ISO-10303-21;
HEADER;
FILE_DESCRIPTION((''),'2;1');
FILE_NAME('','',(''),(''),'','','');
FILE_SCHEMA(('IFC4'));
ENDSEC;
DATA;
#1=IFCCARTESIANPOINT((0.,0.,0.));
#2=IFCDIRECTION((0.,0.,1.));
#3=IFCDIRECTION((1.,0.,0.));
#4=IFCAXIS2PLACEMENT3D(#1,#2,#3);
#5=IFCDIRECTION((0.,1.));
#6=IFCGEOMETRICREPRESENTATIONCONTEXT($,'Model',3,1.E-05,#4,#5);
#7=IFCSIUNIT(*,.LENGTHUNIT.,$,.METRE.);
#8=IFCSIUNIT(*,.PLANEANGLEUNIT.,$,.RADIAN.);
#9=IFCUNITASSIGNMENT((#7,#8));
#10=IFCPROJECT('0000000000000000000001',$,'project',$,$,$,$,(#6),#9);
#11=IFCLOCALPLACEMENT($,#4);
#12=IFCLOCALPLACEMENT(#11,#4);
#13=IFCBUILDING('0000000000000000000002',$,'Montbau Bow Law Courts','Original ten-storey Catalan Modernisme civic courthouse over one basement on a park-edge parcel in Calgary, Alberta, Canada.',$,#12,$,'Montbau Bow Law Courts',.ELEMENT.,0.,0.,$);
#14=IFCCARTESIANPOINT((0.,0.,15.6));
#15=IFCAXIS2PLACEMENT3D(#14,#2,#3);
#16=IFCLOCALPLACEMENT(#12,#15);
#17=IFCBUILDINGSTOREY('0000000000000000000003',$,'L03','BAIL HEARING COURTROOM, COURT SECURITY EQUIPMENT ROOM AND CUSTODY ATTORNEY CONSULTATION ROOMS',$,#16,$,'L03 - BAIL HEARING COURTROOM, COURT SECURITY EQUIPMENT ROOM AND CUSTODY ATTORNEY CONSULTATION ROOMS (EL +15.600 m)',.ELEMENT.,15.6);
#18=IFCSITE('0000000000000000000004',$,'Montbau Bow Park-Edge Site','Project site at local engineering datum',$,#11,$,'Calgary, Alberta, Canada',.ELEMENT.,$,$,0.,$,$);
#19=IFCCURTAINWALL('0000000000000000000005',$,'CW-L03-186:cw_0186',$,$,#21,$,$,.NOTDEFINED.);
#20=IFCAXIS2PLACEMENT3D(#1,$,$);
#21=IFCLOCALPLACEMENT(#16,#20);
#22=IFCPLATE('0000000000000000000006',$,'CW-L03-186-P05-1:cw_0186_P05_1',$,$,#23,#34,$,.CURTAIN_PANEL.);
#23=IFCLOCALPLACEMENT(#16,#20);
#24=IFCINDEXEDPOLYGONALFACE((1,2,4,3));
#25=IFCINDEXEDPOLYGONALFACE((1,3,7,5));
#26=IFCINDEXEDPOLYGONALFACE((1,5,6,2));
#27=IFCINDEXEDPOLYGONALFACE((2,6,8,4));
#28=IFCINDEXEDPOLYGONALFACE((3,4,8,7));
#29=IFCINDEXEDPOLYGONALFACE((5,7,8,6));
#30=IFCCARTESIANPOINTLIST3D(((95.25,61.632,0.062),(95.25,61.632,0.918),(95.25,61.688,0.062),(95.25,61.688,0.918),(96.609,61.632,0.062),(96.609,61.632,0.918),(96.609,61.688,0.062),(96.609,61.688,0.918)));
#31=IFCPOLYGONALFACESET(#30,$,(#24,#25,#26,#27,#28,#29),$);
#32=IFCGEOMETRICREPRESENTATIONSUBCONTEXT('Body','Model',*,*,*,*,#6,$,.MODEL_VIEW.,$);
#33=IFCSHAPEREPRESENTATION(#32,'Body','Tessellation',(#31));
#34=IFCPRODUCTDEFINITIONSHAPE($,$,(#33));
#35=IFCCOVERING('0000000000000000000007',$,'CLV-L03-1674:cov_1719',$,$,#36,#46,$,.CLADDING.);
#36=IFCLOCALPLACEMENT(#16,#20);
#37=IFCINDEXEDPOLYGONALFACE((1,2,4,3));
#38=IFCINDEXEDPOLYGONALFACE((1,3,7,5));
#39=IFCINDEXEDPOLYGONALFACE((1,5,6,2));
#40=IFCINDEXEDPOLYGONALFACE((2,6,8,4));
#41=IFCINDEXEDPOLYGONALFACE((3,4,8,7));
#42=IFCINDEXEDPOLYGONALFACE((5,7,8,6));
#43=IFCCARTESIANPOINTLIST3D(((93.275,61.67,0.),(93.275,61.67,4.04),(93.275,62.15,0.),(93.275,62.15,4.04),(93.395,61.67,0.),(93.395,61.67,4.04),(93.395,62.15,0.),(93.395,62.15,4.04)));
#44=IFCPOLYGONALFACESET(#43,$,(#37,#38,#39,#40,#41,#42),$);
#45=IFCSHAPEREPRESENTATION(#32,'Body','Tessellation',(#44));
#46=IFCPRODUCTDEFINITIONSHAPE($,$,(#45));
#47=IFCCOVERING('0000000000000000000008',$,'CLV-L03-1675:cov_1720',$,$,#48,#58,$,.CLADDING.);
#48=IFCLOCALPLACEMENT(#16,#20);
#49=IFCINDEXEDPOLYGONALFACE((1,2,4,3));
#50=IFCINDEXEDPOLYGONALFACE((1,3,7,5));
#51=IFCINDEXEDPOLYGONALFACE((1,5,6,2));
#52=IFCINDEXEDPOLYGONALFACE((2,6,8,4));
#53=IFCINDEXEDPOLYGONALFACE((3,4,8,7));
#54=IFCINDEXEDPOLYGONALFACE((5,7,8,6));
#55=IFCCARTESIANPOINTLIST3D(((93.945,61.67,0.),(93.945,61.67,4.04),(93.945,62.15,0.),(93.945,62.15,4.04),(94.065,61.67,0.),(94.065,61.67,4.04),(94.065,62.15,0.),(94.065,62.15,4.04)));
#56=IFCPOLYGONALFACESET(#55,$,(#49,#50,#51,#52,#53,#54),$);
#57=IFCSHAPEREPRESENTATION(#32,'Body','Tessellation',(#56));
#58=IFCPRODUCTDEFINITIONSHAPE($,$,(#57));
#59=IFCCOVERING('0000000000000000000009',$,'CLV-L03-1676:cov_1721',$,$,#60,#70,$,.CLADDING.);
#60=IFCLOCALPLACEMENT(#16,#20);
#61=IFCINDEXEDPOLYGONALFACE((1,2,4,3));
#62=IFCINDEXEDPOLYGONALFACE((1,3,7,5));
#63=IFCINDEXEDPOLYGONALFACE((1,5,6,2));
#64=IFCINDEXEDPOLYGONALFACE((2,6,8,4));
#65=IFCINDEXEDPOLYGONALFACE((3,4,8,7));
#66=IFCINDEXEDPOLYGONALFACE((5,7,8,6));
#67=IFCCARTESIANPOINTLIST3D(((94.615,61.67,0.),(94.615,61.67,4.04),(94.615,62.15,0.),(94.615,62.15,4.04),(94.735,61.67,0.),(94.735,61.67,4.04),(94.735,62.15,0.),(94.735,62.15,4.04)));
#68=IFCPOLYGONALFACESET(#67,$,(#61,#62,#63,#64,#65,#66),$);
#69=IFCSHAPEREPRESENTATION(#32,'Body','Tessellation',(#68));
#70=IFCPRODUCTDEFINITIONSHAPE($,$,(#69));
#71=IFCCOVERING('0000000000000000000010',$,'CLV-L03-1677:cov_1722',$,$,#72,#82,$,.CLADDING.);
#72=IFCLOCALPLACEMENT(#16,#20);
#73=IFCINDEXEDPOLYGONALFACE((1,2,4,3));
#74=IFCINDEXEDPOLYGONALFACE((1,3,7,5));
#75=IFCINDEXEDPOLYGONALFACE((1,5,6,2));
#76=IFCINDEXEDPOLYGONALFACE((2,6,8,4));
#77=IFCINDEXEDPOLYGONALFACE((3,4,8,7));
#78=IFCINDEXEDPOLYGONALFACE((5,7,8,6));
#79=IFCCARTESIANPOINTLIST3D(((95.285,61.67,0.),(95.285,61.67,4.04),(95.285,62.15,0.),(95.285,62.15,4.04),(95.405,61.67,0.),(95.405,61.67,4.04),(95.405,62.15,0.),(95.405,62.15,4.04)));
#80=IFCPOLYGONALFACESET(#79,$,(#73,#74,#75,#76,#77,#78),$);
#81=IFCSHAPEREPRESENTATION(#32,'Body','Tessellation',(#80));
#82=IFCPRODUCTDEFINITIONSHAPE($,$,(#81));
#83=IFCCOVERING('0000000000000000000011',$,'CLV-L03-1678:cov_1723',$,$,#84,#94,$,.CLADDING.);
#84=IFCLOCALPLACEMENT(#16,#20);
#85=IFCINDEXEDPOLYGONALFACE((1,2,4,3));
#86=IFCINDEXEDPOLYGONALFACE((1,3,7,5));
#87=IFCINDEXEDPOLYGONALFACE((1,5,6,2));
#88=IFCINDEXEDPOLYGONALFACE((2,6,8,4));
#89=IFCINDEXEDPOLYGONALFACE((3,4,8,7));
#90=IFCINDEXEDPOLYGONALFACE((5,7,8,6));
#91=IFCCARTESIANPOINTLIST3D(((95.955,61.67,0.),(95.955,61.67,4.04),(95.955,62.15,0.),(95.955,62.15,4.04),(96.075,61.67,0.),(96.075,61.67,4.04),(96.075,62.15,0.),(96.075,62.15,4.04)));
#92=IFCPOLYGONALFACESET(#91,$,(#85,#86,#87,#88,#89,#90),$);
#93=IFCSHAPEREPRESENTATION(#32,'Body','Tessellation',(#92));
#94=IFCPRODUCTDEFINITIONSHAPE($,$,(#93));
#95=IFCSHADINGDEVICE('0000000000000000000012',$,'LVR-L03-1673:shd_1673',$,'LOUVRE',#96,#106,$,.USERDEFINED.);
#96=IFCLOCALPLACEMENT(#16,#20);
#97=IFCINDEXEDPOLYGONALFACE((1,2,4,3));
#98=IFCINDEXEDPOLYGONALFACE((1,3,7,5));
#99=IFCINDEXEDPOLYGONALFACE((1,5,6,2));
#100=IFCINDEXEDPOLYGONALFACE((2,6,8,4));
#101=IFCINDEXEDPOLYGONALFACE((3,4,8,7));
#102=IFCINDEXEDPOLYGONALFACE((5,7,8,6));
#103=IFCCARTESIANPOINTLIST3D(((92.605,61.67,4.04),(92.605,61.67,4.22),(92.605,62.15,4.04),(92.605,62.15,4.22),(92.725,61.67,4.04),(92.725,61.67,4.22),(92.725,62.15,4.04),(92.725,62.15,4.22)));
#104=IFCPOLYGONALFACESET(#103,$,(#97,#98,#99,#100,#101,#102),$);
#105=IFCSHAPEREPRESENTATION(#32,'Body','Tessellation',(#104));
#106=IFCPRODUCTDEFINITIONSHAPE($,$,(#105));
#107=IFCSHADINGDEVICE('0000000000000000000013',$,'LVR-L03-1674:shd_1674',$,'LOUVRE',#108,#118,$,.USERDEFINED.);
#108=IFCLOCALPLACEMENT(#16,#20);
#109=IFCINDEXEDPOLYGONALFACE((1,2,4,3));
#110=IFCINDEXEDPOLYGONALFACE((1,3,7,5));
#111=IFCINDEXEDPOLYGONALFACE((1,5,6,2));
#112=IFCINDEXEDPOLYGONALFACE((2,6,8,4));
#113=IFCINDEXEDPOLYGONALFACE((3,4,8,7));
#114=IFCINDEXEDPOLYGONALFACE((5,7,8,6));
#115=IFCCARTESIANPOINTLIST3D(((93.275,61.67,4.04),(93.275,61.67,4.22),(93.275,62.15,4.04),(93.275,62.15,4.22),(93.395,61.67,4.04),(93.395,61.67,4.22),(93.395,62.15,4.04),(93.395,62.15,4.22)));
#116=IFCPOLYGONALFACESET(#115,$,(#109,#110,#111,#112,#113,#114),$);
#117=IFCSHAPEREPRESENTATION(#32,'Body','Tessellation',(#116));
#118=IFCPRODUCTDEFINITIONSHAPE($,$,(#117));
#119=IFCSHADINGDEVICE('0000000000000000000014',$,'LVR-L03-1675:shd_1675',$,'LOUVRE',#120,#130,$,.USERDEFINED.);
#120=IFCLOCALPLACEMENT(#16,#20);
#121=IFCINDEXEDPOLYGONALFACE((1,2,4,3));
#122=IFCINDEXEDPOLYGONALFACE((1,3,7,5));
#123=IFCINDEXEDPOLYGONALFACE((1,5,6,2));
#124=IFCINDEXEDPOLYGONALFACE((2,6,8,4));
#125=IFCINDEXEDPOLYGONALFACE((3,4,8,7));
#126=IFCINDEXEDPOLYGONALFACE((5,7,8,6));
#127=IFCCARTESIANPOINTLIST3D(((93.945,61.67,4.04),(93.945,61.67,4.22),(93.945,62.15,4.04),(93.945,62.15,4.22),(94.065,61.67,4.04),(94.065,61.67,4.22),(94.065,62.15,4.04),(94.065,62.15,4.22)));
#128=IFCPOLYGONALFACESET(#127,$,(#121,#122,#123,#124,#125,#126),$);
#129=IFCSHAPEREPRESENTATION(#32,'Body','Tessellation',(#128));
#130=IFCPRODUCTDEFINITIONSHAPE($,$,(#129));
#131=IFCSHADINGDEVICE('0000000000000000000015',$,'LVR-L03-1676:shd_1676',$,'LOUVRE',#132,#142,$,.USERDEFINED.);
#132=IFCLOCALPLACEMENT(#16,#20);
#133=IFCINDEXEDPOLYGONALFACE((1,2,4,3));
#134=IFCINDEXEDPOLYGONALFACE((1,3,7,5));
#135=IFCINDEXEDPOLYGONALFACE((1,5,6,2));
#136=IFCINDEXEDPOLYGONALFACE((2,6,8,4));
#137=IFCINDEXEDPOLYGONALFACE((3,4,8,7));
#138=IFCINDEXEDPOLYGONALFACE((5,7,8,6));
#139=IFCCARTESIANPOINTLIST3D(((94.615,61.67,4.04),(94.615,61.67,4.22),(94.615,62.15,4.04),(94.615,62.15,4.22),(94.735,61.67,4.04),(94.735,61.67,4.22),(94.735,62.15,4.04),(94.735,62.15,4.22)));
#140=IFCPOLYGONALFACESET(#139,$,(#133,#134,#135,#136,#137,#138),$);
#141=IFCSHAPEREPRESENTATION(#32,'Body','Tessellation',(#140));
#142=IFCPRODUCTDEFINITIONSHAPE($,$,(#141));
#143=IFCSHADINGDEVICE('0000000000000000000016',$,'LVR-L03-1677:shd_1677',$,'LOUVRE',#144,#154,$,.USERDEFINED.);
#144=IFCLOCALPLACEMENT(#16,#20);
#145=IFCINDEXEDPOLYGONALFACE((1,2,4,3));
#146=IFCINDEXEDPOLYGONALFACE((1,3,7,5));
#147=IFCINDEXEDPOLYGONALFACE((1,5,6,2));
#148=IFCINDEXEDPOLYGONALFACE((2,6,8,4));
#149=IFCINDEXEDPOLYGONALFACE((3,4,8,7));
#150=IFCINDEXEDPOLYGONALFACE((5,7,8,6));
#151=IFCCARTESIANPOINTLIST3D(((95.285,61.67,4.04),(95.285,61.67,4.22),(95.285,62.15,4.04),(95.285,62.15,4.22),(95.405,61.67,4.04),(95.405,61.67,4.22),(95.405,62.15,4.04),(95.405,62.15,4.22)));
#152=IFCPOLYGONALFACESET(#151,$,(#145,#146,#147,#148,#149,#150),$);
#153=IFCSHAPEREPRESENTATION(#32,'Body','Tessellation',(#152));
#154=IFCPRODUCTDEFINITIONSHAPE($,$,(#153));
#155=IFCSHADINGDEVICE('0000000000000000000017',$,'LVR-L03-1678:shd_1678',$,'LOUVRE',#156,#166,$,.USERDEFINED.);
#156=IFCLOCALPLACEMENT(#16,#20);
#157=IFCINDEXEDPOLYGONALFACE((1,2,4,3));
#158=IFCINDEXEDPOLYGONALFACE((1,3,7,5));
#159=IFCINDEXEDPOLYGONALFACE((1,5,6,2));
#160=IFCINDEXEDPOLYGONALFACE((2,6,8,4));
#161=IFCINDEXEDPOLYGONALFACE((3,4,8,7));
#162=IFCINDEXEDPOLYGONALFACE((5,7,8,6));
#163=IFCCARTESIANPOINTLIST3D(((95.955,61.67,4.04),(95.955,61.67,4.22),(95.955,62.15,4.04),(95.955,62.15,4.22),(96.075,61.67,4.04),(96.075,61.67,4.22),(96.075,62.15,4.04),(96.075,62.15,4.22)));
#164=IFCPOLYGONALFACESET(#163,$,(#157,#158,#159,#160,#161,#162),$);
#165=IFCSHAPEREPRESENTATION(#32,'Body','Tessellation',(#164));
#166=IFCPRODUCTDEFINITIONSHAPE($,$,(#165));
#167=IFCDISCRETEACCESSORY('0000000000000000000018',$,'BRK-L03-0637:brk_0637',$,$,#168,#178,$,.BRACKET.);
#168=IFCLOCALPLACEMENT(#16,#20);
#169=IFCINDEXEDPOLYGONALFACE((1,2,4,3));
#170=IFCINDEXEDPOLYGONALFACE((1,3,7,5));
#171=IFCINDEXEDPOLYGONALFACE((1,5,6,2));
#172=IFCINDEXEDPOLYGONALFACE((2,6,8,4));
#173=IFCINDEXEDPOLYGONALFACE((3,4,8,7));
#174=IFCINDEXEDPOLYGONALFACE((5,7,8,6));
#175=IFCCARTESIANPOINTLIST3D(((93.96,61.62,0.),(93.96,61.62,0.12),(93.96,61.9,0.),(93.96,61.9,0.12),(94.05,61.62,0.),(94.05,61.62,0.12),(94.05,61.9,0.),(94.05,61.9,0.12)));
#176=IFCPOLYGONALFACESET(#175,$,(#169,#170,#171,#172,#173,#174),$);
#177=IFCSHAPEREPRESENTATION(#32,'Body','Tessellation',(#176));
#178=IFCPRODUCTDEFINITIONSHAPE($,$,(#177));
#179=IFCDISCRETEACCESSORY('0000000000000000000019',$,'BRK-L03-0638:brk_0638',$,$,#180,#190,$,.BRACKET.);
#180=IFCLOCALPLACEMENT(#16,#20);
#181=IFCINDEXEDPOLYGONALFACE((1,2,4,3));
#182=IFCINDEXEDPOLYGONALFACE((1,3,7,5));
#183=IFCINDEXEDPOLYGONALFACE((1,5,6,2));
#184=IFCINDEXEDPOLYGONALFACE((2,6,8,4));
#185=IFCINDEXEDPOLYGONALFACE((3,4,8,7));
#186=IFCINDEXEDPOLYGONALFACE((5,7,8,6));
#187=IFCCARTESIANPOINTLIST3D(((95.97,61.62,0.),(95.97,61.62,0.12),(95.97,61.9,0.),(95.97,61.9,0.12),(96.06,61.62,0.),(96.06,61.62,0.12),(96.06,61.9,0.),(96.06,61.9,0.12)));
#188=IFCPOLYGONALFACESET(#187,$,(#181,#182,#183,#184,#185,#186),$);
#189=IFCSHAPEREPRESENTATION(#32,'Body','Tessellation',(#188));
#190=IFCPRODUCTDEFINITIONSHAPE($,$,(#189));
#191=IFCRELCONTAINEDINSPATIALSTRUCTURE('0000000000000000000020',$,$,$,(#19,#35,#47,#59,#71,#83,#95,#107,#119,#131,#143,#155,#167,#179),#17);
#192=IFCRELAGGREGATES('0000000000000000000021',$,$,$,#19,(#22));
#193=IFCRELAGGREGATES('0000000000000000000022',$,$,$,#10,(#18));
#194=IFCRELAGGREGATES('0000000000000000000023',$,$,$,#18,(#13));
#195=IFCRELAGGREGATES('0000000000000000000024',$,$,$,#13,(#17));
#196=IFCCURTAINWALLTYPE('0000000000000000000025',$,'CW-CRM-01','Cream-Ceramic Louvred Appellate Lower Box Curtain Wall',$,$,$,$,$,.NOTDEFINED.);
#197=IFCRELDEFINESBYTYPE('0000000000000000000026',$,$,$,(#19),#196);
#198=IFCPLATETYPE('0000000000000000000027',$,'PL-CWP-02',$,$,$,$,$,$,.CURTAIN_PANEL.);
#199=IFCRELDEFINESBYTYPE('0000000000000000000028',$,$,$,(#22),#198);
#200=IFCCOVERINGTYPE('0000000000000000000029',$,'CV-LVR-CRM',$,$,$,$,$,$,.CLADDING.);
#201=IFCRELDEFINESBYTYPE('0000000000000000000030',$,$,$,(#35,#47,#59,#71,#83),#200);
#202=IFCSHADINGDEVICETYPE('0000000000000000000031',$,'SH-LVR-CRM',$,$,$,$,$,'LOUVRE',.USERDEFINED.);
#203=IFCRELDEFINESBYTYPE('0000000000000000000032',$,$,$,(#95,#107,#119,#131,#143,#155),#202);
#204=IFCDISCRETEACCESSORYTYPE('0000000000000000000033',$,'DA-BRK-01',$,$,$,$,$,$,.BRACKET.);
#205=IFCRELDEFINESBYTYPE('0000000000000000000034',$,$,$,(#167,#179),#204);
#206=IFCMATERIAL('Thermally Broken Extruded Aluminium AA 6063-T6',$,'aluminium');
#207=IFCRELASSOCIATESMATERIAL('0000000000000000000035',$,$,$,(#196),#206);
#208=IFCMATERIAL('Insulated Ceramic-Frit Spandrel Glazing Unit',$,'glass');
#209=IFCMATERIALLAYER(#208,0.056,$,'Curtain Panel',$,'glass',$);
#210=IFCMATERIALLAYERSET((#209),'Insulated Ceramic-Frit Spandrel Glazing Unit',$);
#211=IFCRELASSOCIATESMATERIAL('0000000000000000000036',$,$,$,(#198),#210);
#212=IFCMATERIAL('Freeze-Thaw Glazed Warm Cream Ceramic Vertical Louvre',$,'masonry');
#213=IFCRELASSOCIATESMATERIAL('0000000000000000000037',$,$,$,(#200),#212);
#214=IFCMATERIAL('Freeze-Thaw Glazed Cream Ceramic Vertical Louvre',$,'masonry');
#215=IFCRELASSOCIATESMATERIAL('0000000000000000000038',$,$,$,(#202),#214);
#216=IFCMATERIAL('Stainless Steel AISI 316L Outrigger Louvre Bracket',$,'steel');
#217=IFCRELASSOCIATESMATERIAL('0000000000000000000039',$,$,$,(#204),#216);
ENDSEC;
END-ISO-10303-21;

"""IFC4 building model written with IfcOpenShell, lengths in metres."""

from ifc_helpers import new_model, si_unit, direction, frame, frame_2d, origin_with_axes, origin_2d_with_axis, place, context, subcontext, project, spatial, rectangle, extrude, material, layer, layer_set, type_object, element, aggregate, save


model = new_model("IFC4")

# Units and contexts
model_context = context("Model", 3, precision=1e-05, world=origin_with_axes(), true_north=direction((0.0, 1.0)))
body_context = subcontext(model_context, "Body", "Model", "MODEL_VIEW")
ifc_project = project(units=[si_unit("LENGTHUNIT", "METRE"), si_unit("PLANEANGLEUNIT", "RADIAN")], contexts=[model_context])

# Site, building, storey
site_placement = place(None, origin_with_axes())
site = spatial("IfcSite", under=ifc_project, at=site_placement, Name="Montbau Bow Park-Edge Site", Description="Project site at local engineering datum", LongName="Calgary, Alberta, Canada", CompositionType="ELEMENT", RefElevation=0.0)
building_placement = place(site_placement, origin_with_axes())
building = spatial("IfcBuilding", under=site, at=building_placement, Name="Montbau Bow Law Courts", Description="Original ten-storey Catalan Modernisme civic courthouse over one basement on a park-edge parcel in Calgary, Alberta, Canada.", LongName="Montbau Bow Law Courts", CompositionType="ELEMENT", ElevationOfRefHeight=0.0, ElevationOfTerrain=0.0)
storey_placement = place(building_placement, frame((0.0, 0.0, 15.6), z_axis=(0.0, 0.0, 1.0), x_axis=(1.0, 0.0, 0.0)))
storey = spatial("IfcBuildingStorey", under=building, at=storey_placement, Name="L03", Description="BAIL HEARING COURTROOM, COURT SECURITY EQUIPMENT ROOM AND CUSTODY ATTORNEY CONSULTATION ROOMS", LongName="L03 - BAIL HEARING COURTROOM, COURT SECURITY EQUIPMENT ROOM AND CUSTODY ATTORNEY CONSULTATION ROOMS (EL +15.600 m)", CompositionType="ELEMENT", Elevation=15.6)

# Curtain wall
ifc_material_1 = material(Name="Thermally Broken Extruded Aluminium AA 6063-T6", Category="aluminium")
curtain_wall_type = type_object("IfcCurtainWallType", Name="CW-CRM-01", Description="Cream-Ceramic Louvred Appellate Lower Box Curtain Wall", PredefinedType="NOTDEFINED", material=ifc_material_1)
curtain_wall_1_placement = place(None, frame((89.315, 61.66, 15.6), z_axis=(0.0, 0.0, 1.0), x_axis=(1.0, 0.0, 0.0)))
curtain_wall_1 = element("IfcCurtainWall", 1, at=curtain_wall_1_placement, inside=storey, type_object=curtain_wall_type, Name="CW-L03-186:cw_0186", PredefinedType="NOTDEFINED")

# Plate
ifc_material_2 = material(Name="Insulated Ceramic-Frit Spandrel Glazing Unit", Category="glass")
ifc_layer_1 = layer(ifc_material_2, 0.056, Name="Curtain Panel", Category="glass")
ifc_layer_set_1 = layer_set([ifc_layer_1], Name="Insulated Ceramic-Frit Spandrel Glazing Unit")
plate_type_1 = type_object("IfcPlateType", Name="PL-CWP-02", PredefinedType="CURTAIN_PANEL", material=ifc_layer_set_1)
plate_1_placement = place(None, frame((95.25, 61.66, 15.662), z_axis=(0.0, -1.0, 0.0), x_axis=(1.0, 0.0, 0.0)))
plate_1 = element("IfcPlate", 2, at=plate_1_placement, type_object=plate_type_1, Name="CW-L03-186-P05-1:cw_0186_P05_1", PredefinedType="CURTAIN_PANEL", context=body_context, shape_type="SweptSolid", body=[
    extrude(rectangle(XDim=1.359, YDim=0.856, at=frame_2d((0.6795, 0.428), x_axis=(1.0, 0.0))), frame((0.0, 0.0, -0.028), z_axis=(0.0, 0.0, 1.0), x_axis=(1.0, 0.0, 0.0)), (0.0, 0.0, 1.0), 0.056),
])
aggregate(curtain_wall_1, [plate_1])

# Coverings
ifc_material_3 = material(Name="Freeze-Thaw Glazed Warm Cream Ceramic Vertical Louvre", Category="masonry")
covering_type = type_object("IfcCoveringType", Name="CV-LVR-CRM", PredefinedType="CLADDING", material=ifc_material_3)
for number, where, z_axis, x_axis, name in (
    (3, (93.335, 61.67, 15.6), (1.0, 0.0, 0.0), (0.0, 1.0, 0.0), "CLV-L03-1674:cov_1719"),
    (4, (94.005, 61.67, 15.6), (1.0, 0.0, 0.0), (0.0, 1.0, 0.0), "CLV-L03-1675:cov_1720"),
    (5, (94.675, 61.67, 15.6), (1.0, 0.0, 0.0), (0.0, 1.0, 0.0), "CLV-L03-1676:cov_1721"),
    (6, (95.345, 61.67, 15.6), (1.0, 0.0, 0.0), (0.0, 1.0, 0.0), "CLV-L03-1677:cov_1722"),
    (7, (96.015, 61.67, 15.6), (1.0, 0.0, 0.0), (0.0, 1.0, 0.0), "CLV-L03-1678:cov_1723"),
):
    element("IfcCovering", number, at=place(None, frame(where, z_axis=z_axis, x_axis=x_axis)), inside=storey, type_object=covering_type, Name=name, PredefinedType="CLADDING", context=body_context, shape_type="SweptSolid", body=[
        extrude(rectangle(XDim=0.48, YDim=4.04, at=frame_2d((0.24, 2.02), x_axis=(1.0, 0.0))), frame((0.0, 0.0, -0.06), z_axis=(0.0, 0.0, 1.0), x_axis=(1.0, 0.0, 0.0)), (0.0, 0.0, 1.0), 0.12),
    ])

# Shading devices
ifc_material_4 = material(Name="Freeze-Thaw Glazed Cream Ceramic Vertical Louvre", Category="masonry")
shading_device_type = type_object("IfcShadingDeviceType", Name="SH-LVR-CRM", ElementType="LOUVRE", PredefinedType="USERDEFINED", material=ifc_material_4)
for number, where, z_axis, x_axis, name in (
    (8, (92.665, 61.91, 19.64), (0.0, 0.0, 1.0), (0.0, 1.0, 0.0), "LVR-L03-1673:shd_1673"),
    (9, (93.335, 61.91, 19.64), (0.0, 0.0, 1.0), (0.0, 1.0, 0.0), "LVR-L03-1674:shd_1674"),
    (10, (94.005, 61.91, 19.64), (0.0, 0.0, 1.0), (0.0, 1.0, 0.0), "LVR-L03-1675:shd_1675"),
    (11, (94.675, 61.91, 19.64), (0.0, 0.0, 1.0), (0.0, 1.0, 0.0), "LVR-L03-1676:shd_1676"),
    (12, (95.345, 61.91, 19.64), (0.0, 0.0, 1.0), (0.0, 1.0, 0.0), "LVR-L03-1677:shd_1677"),
    (13, (96.015, 61.91, 19.64), (0.0, 0.0, 1.0), (0.0, 1.0, 0.0), "LVR-L03-1678:shd_1678"),
):
    element("IfcShadingDevice", number, at=place(None, frame(where, z_axis=z_axis, x_axis=x_axis)), inside=storey, type_object=shading_device_type, Name=name, ObjectType="LOUVRE", PredefinedType="USERDEFINED", context=body_context, shape_type="SweptSolid", body=[
        extrude(rectangle(XDim=0.48, YDim=0.12, at=origin_2d_with_axis()), origin_with_axes(), (0.0, 0.0, 1.0), 0.18),
    ])

# Discrete accessories
ifc_material_5 = material(Name="Stainless Steel AISI 316L Outrigger Louvre Bracket", Category="steel")
discrete_accessory_type = type_object("IfcDiscreteAccessoryType", Name="DA-BRK-01", PredefinedType="BRACKET", material=ifc_material_5)
for number, where, z_axis, x_axis, name in (
    (14, (94.005, 61.76, 15.6), (0.0, 0.0, 1.0), (0.0, 1.0, 0.0), "BRK-L03-0637:brk_0637"),
    (15, (96.015, 61.76, 15.6), (0.0, 0.0, 1.0), (0.0, 1.0, 0.0), "BRK-L03-0638:brk_0638"),
):
    element("IfcDiscreteAccessory", number, at=place(None, frame(where, z_axis=z_axis, x_axis=x_axis)), inside=storey, type_object=discrete_accessory_type, Name=name, PredefinedType="BRACKET", context=body_context, shape_type="SweptSolid", body=[
        extrude(rectangle(XDim=0.28, YDim=0.09, at=origin_2d_with_axis()), origin_with_axes(), (0.0, 0.0, 1.0), 0.12),
    ])

save(model, "model.ifc")
